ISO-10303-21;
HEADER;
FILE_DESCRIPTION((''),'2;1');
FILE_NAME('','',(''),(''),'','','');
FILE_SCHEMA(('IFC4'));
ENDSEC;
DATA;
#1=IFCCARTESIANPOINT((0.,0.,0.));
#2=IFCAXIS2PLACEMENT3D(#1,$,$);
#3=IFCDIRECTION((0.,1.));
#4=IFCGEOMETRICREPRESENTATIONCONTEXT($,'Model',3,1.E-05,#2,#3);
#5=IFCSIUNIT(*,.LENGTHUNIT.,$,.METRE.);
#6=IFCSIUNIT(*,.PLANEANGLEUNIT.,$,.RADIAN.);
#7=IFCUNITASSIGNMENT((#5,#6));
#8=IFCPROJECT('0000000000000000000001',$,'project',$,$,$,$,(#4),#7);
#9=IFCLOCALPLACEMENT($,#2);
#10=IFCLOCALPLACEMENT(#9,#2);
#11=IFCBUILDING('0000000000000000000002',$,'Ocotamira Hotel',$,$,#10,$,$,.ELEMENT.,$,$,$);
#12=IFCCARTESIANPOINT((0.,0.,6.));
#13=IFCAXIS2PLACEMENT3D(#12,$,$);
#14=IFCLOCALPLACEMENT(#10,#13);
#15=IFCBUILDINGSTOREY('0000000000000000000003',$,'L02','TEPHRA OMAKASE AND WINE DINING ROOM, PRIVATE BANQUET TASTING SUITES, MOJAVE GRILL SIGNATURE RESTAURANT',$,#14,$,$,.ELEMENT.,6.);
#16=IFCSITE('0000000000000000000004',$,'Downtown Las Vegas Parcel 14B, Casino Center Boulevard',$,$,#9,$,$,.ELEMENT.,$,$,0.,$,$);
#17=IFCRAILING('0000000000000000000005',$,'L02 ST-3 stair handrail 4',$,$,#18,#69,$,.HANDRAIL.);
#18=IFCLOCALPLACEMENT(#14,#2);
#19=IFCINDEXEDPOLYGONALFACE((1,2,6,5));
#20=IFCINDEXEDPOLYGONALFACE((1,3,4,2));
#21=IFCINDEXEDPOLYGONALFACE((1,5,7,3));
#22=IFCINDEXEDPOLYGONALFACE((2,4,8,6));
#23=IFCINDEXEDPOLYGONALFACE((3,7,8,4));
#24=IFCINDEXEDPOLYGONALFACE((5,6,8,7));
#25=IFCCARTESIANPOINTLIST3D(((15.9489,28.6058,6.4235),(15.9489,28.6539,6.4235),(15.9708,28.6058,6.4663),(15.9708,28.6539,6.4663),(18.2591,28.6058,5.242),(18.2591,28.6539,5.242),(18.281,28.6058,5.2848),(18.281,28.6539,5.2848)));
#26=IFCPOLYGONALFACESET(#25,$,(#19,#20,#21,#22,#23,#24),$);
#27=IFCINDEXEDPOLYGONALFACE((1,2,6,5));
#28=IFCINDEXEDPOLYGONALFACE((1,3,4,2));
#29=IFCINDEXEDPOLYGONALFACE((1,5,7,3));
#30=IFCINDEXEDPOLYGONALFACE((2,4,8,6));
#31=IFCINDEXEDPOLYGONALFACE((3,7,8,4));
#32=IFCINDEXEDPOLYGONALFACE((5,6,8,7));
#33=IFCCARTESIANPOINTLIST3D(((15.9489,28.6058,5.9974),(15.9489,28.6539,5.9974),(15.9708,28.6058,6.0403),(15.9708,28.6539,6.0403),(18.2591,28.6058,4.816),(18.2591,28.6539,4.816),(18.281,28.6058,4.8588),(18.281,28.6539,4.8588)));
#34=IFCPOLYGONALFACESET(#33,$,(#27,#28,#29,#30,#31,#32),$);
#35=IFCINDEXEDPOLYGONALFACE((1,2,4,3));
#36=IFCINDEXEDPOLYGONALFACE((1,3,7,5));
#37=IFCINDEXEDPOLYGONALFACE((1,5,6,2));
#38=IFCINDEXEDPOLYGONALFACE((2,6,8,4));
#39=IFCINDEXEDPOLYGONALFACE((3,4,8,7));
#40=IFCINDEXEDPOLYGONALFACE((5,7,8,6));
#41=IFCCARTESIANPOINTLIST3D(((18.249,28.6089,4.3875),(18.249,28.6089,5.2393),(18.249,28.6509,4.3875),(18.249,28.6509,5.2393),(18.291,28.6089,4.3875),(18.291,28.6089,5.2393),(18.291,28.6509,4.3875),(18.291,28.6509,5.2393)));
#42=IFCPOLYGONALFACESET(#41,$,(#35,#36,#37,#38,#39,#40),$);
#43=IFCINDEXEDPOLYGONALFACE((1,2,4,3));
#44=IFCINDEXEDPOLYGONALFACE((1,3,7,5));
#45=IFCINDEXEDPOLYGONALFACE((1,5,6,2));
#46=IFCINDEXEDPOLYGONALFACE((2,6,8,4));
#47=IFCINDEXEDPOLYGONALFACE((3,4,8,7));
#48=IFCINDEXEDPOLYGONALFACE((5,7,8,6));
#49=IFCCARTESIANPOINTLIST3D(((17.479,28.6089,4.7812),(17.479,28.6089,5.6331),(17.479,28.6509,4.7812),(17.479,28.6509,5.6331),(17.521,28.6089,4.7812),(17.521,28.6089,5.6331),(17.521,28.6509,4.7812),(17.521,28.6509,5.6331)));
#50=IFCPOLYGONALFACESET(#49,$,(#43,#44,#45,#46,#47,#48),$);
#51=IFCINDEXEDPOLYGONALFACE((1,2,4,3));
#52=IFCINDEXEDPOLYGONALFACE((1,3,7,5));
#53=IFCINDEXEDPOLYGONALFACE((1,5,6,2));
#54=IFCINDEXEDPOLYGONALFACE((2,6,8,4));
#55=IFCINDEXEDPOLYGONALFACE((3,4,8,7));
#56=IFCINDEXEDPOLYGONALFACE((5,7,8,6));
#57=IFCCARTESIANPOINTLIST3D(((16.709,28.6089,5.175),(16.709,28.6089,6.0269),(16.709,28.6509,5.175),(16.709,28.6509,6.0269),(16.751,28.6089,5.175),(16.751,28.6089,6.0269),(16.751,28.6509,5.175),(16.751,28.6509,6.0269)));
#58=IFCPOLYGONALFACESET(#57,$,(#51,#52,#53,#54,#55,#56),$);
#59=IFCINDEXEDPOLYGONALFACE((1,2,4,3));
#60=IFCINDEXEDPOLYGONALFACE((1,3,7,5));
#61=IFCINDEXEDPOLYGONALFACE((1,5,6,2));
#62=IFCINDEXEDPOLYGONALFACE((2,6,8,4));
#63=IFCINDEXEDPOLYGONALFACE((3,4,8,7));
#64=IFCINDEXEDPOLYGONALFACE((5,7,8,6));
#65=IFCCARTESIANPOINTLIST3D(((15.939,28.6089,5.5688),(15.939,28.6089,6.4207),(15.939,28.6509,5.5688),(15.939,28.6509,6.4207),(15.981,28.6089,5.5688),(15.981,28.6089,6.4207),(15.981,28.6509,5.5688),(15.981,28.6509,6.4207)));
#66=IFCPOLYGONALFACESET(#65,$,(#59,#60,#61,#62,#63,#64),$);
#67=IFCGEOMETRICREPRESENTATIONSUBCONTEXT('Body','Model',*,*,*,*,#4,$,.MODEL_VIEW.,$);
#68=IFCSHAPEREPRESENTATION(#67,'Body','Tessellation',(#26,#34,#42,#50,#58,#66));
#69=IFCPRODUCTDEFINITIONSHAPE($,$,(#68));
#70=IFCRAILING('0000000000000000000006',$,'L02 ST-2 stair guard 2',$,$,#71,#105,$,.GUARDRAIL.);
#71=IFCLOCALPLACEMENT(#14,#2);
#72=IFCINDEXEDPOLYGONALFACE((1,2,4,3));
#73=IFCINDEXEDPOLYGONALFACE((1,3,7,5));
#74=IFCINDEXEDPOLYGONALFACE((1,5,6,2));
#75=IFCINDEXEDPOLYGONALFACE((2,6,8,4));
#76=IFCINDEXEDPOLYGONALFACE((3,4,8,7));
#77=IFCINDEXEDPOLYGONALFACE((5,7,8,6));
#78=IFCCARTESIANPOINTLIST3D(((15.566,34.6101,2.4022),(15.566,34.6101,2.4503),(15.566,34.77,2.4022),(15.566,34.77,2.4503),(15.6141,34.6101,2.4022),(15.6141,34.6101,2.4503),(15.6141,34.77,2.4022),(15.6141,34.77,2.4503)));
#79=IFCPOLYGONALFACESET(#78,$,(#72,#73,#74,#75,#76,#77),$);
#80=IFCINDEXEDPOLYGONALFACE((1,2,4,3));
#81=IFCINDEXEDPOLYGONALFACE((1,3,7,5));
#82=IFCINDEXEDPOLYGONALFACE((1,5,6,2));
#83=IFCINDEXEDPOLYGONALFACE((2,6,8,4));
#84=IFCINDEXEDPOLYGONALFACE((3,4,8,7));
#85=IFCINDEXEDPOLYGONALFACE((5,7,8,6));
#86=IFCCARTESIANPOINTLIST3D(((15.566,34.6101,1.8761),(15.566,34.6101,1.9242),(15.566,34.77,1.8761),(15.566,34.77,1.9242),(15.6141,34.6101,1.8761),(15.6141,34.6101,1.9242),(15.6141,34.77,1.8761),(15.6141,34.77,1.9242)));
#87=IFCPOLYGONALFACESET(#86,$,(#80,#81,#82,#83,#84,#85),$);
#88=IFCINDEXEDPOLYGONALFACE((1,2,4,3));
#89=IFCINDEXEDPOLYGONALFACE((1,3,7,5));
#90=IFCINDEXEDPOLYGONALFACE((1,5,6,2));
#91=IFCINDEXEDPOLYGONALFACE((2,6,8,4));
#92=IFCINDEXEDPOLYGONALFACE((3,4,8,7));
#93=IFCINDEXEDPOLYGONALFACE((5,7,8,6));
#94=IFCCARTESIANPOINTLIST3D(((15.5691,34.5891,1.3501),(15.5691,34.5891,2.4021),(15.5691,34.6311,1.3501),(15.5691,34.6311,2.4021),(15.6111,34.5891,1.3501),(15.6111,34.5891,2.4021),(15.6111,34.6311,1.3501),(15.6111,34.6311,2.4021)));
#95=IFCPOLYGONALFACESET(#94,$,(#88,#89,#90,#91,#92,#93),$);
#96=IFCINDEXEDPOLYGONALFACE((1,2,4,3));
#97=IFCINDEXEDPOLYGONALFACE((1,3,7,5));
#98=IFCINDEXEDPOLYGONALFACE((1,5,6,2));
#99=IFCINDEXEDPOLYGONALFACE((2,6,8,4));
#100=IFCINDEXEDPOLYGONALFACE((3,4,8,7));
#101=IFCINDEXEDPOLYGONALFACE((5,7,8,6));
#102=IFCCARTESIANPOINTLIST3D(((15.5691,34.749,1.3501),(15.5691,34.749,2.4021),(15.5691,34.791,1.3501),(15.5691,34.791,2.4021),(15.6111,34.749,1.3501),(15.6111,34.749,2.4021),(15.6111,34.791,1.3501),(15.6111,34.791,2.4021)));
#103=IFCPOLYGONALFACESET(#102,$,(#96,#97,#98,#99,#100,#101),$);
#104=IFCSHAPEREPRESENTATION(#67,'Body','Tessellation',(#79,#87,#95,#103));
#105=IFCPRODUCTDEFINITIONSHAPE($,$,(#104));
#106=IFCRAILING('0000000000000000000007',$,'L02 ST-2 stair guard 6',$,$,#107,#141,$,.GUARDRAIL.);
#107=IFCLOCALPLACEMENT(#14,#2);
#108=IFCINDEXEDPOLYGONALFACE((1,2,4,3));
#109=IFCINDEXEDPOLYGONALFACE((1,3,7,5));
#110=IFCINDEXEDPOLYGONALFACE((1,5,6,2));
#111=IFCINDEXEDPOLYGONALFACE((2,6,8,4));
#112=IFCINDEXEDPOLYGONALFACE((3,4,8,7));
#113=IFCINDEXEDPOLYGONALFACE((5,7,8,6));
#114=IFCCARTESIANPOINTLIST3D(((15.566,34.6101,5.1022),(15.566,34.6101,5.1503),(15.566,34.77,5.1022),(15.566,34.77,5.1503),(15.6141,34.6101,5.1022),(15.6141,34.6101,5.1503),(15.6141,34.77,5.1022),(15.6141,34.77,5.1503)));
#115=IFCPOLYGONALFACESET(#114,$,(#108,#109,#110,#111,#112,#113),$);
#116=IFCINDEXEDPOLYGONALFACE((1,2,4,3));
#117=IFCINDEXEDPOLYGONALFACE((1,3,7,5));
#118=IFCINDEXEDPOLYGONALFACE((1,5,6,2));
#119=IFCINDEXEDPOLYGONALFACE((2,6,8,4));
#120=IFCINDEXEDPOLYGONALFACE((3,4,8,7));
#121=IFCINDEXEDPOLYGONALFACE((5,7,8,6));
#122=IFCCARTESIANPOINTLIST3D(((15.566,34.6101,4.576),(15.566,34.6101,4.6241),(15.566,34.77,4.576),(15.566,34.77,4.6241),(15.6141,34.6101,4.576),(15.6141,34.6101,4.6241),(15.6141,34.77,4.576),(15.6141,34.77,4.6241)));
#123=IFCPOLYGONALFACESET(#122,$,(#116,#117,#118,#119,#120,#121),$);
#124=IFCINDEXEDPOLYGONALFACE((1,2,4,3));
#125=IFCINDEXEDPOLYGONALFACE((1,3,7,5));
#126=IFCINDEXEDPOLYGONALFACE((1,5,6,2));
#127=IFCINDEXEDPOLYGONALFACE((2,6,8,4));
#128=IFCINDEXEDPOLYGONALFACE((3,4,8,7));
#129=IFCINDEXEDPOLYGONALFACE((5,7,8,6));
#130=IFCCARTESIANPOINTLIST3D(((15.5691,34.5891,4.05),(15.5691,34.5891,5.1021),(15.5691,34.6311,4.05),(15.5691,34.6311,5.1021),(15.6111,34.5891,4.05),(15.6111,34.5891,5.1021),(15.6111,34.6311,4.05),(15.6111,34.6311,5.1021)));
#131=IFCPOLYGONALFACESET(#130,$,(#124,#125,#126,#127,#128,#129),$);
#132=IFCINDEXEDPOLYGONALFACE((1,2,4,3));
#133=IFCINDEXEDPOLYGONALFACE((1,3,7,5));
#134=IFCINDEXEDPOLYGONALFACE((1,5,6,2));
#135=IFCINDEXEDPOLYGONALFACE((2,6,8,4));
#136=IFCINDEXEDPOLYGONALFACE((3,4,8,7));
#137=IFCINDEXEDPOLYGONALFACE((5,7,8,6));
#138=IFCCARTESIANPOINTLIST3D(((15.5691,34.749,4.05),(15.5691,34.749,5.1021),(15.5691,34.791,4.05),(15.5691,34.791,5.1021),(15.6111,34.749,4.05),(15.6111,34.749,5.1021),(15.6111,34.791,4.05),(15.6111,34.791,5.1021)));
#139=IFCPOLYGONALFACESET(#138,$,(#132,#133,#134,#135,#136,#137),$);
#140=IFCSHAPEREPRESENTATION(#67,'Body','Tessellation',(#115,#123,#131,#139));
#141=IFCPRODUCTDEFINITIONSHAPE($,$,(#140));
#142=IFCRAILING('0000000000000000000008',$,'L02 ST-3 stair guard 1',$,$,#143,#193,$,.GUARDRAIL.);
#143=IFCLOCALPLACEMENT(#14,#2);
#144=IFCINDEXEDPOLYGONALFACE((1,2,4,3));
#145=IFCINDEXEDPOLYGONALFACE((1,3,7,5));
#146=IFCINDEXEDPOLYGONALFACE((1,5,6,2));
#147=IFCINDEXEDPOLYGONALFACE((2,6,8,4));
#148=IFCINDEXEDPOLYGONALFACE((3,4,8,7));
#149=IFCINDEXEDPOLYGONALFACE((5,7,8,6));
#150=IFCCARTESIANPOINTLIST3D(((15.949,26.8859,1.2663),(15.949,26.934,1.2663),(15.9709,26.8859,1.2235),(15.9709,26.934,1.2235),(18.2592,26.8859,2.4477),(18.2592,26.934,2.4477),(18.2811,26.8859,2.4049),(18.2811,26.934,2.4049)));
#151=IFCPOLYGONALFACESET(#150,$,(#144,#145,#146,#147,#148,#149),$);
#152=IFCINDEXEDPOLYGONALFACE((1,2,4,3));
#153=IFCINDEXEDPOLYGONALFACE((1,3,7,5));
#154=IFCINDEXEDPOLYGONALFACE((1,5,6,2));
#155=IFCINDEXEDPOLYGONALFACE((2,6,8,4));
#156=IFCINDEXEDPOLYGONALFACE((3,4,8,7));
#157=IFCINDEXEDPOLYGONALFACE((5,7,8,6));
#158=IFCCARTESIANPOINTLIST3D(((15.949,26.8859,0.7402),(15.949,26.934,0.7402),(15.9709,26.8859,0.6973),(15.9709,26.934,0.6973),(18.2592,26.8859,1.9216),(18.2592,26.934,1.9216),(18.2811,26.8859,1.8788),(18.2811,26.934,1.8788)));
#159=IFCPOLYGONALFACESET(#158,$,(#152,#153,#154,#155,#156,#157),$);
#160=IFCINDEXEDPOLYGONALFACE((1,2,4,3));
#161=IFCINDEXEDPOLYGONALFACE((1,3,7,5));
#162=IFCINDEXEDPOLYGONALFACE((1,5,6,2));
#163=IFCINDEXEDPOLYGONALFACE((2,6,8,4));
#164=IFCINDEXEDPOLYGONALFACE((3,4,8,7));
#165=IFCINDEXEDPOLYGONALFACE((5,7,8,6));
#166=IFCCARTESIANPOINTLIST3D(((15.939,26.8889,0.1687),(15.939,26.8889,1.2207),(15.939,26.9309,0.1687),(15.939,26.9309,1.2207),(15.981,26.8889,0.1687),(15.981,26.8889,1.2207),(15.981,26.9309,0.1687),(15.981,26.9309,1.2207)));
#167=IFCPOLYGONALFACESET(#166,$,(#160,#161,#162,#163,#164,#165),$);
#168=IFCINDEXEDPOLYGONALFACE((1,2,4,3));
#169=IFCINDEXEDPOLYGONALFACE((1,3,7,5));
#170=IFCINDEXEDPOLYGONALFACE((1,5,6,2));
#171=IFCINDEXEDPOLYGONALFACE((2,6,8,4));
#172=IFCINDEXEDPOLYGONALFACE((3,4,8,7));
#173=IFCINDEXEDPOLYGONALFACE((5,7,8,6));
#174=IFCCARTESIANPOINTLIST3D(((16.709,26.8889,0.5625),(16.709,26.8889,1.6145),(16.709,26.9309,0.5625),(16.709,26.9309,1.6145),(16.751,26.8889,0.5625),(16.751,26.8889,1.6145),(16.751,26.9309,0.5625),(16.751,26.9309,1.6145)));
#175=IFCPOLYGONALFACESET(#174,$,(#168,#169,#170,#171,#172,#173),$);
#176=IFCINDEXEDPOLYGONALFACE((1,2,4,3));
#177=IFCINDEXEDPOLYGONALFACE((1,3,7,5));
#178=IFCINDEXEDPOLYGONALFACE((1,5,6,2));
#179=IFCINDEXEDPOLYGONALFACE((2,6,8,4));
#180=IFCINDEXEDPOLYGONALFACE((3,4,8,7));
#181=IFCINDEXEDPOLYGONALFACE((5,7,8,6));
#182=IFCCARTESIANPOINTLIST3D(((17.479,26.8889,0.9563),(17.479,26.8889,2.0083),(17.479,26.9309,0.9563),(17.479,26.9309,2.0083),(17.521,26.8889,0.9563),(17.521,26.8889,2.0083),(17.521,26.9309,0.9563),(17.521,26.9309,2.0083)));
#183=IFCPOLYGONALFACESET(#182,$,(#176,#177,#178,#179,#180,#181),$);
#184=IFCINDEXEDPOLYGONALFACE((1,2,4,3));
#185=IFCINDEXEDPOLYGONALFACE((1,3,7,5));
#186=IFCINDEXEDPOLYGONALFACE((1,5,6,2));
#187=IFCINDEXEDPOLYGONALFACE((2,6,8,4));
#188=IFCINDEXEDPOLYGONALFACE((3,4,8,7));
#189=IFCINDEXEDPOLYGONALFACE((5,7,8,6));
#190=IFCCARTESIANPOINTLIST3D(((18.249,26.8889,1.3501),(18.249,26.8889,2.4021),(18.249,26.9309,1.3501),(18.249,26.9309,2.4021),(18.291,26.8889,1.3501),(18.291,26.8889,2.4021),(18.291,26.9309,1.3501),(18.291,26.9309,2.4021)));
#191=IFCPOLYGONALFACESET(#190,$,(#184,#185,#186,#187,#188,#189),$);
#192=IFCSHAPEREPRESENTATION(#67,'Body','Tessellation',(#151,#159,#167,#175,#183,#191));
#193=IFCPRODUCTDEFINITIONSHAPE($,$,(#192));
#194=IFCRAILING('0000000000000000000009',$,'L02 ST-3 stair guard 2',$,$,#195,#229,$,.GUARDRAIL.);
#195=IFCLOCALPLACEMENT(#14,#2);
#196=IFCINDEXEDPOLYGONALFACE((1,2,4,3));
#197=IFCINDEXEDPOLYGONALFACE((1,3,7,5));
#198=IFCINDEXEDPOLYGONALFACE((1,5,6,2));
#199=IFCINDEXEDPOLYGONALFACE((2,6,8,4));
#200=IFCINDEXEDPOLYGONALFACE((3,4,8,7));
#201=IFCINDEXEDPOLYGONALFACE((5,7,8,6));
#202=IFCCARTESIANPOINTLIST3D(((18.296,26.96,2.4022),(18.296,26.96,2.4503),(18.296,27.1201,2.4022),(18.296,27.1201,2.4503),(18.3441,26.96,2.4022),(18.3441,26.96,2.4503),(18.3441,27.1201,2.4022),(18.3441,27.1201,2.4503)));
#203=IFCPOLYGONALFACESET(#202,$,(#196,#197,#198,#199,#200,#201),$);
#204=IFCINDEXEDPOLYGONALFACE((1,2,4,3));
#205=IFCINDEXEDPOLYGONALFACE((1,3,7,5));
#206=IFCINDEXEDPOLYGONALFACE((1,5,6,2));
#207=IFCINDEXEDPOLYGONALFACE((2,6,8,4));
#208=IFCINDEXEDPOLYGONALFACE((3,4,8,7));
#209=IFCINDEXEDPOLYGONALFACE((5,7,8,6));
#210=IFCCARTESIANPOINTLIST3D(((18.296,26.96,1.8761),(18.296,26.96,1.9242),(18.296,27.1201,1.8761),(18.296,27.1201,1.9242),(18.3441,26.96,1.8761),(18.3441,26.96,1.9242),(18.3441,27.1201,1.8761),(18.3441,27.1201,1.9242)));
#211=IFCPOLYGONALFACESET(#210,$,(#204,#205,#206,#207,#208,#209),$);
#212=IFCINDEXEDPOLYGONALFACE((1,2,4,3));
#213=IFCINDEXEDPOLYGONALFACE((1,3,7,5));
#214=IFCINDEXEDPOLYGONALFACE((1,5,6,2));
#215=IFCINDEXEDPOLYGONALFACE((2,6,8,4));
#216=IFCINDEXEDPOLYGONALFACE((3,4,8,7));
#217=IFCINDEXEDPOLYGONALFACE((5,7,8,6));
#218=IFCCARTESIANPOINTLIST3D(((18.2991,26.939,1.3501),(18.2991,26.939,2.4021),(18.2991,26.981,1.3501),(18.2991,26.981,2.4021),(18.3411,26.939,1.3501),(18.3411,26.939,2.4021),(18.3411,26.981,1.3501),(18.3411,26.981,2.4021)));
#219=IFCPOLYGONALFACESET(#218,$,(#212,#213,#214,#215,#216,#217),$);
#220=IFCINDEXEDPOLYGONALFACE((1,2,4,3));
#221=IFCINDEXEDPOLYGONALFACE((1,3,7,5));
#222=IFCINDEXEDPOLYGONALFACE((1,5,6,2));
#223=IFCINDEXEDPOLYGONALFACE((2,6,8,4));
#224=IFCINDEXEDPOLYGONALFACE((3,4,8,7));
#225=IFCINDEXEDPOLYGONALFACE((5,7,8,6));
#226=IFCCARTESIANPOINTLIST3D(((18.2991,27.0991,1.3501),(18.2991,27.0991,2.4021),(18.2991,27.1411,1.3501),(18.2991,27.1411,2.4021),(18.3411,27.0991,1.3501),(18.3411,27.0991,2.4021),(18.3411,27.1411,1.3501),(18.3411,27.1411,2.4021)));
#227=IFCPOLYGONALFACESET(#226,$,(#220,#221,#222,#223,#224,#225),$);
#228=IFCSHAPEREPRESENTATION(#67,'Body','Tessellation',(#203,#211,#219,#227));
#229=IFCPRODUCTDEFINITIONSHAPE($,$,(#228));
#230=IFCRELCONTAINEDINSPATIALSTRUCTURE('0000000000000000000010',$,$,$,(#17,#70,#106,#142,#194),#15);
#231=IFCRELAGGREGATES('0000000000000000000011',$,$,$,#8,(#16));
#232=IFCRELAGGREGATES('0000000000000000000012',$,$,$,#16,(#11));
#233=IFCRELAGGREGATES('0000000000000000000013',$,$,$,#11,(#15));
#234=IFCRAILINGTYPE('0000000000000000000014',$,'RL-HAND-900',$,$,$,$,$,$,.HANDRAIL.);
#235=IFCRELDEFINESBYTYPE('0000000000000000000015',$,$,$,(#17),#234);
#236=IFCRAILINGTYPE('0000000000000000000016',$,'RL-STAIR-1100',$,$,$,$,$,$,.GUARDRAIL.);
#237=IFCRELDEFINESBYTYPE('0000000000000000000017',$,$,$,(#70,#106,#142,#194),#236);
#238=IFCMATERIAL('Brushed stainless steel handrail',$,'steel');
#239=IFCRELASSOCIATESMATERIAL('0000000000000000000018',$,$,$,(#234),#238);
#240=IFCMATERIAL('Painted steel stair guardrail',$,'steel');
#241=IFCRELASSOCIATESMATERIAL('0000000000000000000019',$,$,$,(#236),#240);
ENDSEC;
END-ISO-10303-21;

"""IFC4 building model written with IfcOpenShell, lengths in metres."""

from ifc_helpers import new_model, si_unit, direction, frame, origin, origin_2d, place, context, subcontext, project, spatial, rectangle, extrude, material, type_object, element, save


model = new_model("IFC4")

# Units and contexts
model_context = context("Model", 3, precision=1e-05, world=origin(), true_north=direction((0.0, 1.0)))
body_context = subcontext(model_context, "Body", "Model", "MODEL_VIEW")
ifc_project = project(units=[si_unit("LENGTHUNIT", "METRE"), si_unit("PLANEANGLEUNIT", "RADIAN")], contexts=[model_context])

# Site, building, storey
site_placement = place(None, origin())
site = spatial("IfcSite", under=ifc_project, at=site_placement, Name="Downtown Las Vegas Parcel 14B, Casino Center Boulevard", CompositionType="ELEMENT", RefElevation=0.0)
building_placement = place(site_placement, origin())
building = spatial("IfcBuilding", under=site, at=building_placement, Name="Ocotamira Hotel", CompositionType="ELEMENT")
storey_placement = place(building_placement, frame((0.0, 0.0, 6.0)))
storey = spatial("IfcBuildingStorey", under=building, at=storey_placement, Name="L02", Description="TEPHRA OMAKASE AND WINE DINING ROOM, PRIVATE BANQUET TASTING SUITES, MOJAVE GRILL SIGNATURE RESTAURANT", CompositionType="ELEMENT", Elevation=6.0)

# Railings
ifc_material_1 = material(Name="Brushed stainless steel handrail", Category="steel")
railing_type_1 = type_object("IfcRailingType", Name="RL-HAND-900", PredefinedType="HANDRAIL", material=ifc_material_1)
railing_1_placement = place(storey_placement, frame((18.27, 28.6299, 4.3875)))
element("IfcRailing", 1, at=railing_1_placement, inside=storey, type_object=railing_type_1, Name="L02 ST-3 stair handrail 4", PredefinedType="HANDRAIL", context=body_context, shape_type="SweptSolid", body=[
    extrude(rectangle(XDim=0.0481, YDim=0.0481, at=origin_2d()), frame((0.0, 0.0, 0.876), z_axis=(-0.890325, 0.0, 0.455325), x_axis=(0.0, -1.0, 0.0)), (0.0, 0.0, 1.0), 2.5947),
    extrude(rectangle(XDim=0.0481, YDim=0.0481, at=origin_2d()), frame((0.0, 0.0, 0.45), z_axis=(-0.890325, 0.0, 0.455325), x_axis=(0.0, -1.0, 0.0)), (0.0, 0.0, 1.0), 2.5947),
    extrude(rectangle(XDim=0.042, YDim=0.042, at=origin_2d()), origin(), (0.0, 0.0, 1.0), 0.8518),
    extrude(rectangle(XDim=0.042, YDim=0.042, at=origin_2d()), frame((-0.77, 0.0, 0.3938)), (0.0, 0.0, 1.0), 0.8518),
    extrude(rectangle(XDim=0.042, YDim=0.042, at=origin_2d()), frame((-1.54, 0.0, 0.7876)), (0.0, 0.0, 1.0), 0.8518),
    extrude(rectangle(XDim=0.042, YDim=0.042, at=origin_2d()), frame((-2.3101, 0.0, 1.1814)), (0.0, 0.0, 1.0), 0.8518),
])
ifc_material_2 = material(Name="Painted steel stair guardrail", Category="steel")
railing_type_2 = type_object("IfcRailingType", Name="RL-STAIR-1100", PredefinedType="GUARDRAIL", material=ifc_material_2)
for number, where, name in (
    (2, (15.5901, 34.6101, 1.3501), "L02 ST-2 stair guard 2"),
    (3, (15.5901, 34.6101, 4.05), "L02 ST-2 stair guard 6"),
):
    element("IfcRailing", number, at=place(storey_placement, frame(where)), inside=storey, type_object=railing_type_2, Name=name, PredefinedType="GUARDRAIL", context=body_context, shape_type="SweptSolid", body=[
        extrude(rectangle(XDim=0.0481, YDim=0.0481, at=origin_2d()), frame((0.0, 0.0, 1.0762), z_axis=(0.0, 1.0, 0.0), x_axis=(-1.0, 0.0, 0.0)), (0.0, 0.0, 1.0), 0.1599),
        extrude(rectangle(XDim=0.0481, YDim=0.0481, at=origin_2d()), frame((0.0, 0.0, 0.55), z_axis=(0.0, 1.0, 0.0), x_axis=(-1.0, 0.0, 0.0)), (0.0, 0.0, 1.0), 0.1599),
        extrude(rectangle(XDim=0.042, YDim=0.042, at=origin_2d()), origin(), (0.0, 0.0, 1.0), 1.052),
        extrude(rectangle(XDim=0.042, YDim=0.042, at=origin_2d()), frame((0.0, 0.1599, 0.0)), (0.0, 0.0, 1.0), 1.052),
    ])
railing_2_placement = place(storey_placement, frame((15.96, 26.9099, 0.1687)))
element("IfcRailing", 4, at=railing_2_placement, inside=storey, type_object=railing_type_2, Name="L02 ST-3 stair guard 1", PredefinedType="GUARDRAIL", context=body_context, shape_type="SweptSolid", body=[
    extrude(rectangle(XDim=0.0481, YDim=0.0481, at=origin_2d()), frame((0.0, 0.0, 1.0762), z_axis=(0.890325, 0.0, 0.455325), x_axis=(0.0, 1.0, 0.0)), (0.0, 0.0, 1.0), 2.5947),
    extrude(rectangle(XDim=0.0481, YDim=0.0481, at=origin_2d()), frame((0.0, 0.0, 0.55), z_axis=(0.890325, 0.0, 0.455325), x_axis=(0.0, 1.0, 0.0)), (0.0, 0.0, 1.0), 2.5947),
    extrude(rectangle(XDim=0.042, YDim=0.042, at=origin_2d()), origin(), (0.0, 0.0, 1.0), 1.052),
    extrude(rectangle(XDim=0.042, YDim=0.042, at=origin_2d()), frame((0.77, 0.0, 0.3938)), (0.0, 0.0, 1.0), 1.052),
    extrude(rectangle(XDim=0.042, YDim=0.042, at=origin_2d()), frame((1.54, 0.0, 0.7876)), (0.0, 0.0, 1.0), 1.052),
    extrude(rectangle(XDim=0.042, YDim=0.042, at=origin_2d()), frame((2.3101, 0.0, 1.1814)), (0.0, 0.0, 1.0), 1.052),
])
railing_3_placement = place(storey_placement, frame((18.3201, 26.96, 1.3501)))
element("IfcRailing", 5, at=railing_3_placement, inside=storey, type_object=railing_type_2, Name="L02 ST-3 stair guard 2", PredefinedType="GUARDRAIL", context=body_context, shape_type="SweptSolid", body=[
    extrude(rectangle(XDim=0.0481, YDim=0.0481, at=origin_2d()), frame((0.0, 0.0, 1.0762), z_axis=(0.0, 1.0, 0.0), x_axis=(-1.0, 0.0, 0.0)), (0.0, 0.0, 1.0), 0.1602),
    extrude(rectangle(XDim=0.0481, YDim=0.0481, at=origin_2d()), frame((0.0, 0.0, 0.55), z_axis=(0.0, 1.0, 0.0), x_axis=(-1.0, 0.0, 0.0)), (0.0, 0.0, 1.0), 0.1602),
    extrude(rectangle(XDim=0.042, YDim=0.042, at=origin_2d()), origin(), (0.0, 0.0, 1.0), 1.052),
    extrude(rectangle(XDim=0.042, YDim=0.042, at=origin_2d()), frame((0.0, 0.1602, 0.0)), (0.0, 0.0, 1.0), 1.052),
])

save(model, "model.ifc")
